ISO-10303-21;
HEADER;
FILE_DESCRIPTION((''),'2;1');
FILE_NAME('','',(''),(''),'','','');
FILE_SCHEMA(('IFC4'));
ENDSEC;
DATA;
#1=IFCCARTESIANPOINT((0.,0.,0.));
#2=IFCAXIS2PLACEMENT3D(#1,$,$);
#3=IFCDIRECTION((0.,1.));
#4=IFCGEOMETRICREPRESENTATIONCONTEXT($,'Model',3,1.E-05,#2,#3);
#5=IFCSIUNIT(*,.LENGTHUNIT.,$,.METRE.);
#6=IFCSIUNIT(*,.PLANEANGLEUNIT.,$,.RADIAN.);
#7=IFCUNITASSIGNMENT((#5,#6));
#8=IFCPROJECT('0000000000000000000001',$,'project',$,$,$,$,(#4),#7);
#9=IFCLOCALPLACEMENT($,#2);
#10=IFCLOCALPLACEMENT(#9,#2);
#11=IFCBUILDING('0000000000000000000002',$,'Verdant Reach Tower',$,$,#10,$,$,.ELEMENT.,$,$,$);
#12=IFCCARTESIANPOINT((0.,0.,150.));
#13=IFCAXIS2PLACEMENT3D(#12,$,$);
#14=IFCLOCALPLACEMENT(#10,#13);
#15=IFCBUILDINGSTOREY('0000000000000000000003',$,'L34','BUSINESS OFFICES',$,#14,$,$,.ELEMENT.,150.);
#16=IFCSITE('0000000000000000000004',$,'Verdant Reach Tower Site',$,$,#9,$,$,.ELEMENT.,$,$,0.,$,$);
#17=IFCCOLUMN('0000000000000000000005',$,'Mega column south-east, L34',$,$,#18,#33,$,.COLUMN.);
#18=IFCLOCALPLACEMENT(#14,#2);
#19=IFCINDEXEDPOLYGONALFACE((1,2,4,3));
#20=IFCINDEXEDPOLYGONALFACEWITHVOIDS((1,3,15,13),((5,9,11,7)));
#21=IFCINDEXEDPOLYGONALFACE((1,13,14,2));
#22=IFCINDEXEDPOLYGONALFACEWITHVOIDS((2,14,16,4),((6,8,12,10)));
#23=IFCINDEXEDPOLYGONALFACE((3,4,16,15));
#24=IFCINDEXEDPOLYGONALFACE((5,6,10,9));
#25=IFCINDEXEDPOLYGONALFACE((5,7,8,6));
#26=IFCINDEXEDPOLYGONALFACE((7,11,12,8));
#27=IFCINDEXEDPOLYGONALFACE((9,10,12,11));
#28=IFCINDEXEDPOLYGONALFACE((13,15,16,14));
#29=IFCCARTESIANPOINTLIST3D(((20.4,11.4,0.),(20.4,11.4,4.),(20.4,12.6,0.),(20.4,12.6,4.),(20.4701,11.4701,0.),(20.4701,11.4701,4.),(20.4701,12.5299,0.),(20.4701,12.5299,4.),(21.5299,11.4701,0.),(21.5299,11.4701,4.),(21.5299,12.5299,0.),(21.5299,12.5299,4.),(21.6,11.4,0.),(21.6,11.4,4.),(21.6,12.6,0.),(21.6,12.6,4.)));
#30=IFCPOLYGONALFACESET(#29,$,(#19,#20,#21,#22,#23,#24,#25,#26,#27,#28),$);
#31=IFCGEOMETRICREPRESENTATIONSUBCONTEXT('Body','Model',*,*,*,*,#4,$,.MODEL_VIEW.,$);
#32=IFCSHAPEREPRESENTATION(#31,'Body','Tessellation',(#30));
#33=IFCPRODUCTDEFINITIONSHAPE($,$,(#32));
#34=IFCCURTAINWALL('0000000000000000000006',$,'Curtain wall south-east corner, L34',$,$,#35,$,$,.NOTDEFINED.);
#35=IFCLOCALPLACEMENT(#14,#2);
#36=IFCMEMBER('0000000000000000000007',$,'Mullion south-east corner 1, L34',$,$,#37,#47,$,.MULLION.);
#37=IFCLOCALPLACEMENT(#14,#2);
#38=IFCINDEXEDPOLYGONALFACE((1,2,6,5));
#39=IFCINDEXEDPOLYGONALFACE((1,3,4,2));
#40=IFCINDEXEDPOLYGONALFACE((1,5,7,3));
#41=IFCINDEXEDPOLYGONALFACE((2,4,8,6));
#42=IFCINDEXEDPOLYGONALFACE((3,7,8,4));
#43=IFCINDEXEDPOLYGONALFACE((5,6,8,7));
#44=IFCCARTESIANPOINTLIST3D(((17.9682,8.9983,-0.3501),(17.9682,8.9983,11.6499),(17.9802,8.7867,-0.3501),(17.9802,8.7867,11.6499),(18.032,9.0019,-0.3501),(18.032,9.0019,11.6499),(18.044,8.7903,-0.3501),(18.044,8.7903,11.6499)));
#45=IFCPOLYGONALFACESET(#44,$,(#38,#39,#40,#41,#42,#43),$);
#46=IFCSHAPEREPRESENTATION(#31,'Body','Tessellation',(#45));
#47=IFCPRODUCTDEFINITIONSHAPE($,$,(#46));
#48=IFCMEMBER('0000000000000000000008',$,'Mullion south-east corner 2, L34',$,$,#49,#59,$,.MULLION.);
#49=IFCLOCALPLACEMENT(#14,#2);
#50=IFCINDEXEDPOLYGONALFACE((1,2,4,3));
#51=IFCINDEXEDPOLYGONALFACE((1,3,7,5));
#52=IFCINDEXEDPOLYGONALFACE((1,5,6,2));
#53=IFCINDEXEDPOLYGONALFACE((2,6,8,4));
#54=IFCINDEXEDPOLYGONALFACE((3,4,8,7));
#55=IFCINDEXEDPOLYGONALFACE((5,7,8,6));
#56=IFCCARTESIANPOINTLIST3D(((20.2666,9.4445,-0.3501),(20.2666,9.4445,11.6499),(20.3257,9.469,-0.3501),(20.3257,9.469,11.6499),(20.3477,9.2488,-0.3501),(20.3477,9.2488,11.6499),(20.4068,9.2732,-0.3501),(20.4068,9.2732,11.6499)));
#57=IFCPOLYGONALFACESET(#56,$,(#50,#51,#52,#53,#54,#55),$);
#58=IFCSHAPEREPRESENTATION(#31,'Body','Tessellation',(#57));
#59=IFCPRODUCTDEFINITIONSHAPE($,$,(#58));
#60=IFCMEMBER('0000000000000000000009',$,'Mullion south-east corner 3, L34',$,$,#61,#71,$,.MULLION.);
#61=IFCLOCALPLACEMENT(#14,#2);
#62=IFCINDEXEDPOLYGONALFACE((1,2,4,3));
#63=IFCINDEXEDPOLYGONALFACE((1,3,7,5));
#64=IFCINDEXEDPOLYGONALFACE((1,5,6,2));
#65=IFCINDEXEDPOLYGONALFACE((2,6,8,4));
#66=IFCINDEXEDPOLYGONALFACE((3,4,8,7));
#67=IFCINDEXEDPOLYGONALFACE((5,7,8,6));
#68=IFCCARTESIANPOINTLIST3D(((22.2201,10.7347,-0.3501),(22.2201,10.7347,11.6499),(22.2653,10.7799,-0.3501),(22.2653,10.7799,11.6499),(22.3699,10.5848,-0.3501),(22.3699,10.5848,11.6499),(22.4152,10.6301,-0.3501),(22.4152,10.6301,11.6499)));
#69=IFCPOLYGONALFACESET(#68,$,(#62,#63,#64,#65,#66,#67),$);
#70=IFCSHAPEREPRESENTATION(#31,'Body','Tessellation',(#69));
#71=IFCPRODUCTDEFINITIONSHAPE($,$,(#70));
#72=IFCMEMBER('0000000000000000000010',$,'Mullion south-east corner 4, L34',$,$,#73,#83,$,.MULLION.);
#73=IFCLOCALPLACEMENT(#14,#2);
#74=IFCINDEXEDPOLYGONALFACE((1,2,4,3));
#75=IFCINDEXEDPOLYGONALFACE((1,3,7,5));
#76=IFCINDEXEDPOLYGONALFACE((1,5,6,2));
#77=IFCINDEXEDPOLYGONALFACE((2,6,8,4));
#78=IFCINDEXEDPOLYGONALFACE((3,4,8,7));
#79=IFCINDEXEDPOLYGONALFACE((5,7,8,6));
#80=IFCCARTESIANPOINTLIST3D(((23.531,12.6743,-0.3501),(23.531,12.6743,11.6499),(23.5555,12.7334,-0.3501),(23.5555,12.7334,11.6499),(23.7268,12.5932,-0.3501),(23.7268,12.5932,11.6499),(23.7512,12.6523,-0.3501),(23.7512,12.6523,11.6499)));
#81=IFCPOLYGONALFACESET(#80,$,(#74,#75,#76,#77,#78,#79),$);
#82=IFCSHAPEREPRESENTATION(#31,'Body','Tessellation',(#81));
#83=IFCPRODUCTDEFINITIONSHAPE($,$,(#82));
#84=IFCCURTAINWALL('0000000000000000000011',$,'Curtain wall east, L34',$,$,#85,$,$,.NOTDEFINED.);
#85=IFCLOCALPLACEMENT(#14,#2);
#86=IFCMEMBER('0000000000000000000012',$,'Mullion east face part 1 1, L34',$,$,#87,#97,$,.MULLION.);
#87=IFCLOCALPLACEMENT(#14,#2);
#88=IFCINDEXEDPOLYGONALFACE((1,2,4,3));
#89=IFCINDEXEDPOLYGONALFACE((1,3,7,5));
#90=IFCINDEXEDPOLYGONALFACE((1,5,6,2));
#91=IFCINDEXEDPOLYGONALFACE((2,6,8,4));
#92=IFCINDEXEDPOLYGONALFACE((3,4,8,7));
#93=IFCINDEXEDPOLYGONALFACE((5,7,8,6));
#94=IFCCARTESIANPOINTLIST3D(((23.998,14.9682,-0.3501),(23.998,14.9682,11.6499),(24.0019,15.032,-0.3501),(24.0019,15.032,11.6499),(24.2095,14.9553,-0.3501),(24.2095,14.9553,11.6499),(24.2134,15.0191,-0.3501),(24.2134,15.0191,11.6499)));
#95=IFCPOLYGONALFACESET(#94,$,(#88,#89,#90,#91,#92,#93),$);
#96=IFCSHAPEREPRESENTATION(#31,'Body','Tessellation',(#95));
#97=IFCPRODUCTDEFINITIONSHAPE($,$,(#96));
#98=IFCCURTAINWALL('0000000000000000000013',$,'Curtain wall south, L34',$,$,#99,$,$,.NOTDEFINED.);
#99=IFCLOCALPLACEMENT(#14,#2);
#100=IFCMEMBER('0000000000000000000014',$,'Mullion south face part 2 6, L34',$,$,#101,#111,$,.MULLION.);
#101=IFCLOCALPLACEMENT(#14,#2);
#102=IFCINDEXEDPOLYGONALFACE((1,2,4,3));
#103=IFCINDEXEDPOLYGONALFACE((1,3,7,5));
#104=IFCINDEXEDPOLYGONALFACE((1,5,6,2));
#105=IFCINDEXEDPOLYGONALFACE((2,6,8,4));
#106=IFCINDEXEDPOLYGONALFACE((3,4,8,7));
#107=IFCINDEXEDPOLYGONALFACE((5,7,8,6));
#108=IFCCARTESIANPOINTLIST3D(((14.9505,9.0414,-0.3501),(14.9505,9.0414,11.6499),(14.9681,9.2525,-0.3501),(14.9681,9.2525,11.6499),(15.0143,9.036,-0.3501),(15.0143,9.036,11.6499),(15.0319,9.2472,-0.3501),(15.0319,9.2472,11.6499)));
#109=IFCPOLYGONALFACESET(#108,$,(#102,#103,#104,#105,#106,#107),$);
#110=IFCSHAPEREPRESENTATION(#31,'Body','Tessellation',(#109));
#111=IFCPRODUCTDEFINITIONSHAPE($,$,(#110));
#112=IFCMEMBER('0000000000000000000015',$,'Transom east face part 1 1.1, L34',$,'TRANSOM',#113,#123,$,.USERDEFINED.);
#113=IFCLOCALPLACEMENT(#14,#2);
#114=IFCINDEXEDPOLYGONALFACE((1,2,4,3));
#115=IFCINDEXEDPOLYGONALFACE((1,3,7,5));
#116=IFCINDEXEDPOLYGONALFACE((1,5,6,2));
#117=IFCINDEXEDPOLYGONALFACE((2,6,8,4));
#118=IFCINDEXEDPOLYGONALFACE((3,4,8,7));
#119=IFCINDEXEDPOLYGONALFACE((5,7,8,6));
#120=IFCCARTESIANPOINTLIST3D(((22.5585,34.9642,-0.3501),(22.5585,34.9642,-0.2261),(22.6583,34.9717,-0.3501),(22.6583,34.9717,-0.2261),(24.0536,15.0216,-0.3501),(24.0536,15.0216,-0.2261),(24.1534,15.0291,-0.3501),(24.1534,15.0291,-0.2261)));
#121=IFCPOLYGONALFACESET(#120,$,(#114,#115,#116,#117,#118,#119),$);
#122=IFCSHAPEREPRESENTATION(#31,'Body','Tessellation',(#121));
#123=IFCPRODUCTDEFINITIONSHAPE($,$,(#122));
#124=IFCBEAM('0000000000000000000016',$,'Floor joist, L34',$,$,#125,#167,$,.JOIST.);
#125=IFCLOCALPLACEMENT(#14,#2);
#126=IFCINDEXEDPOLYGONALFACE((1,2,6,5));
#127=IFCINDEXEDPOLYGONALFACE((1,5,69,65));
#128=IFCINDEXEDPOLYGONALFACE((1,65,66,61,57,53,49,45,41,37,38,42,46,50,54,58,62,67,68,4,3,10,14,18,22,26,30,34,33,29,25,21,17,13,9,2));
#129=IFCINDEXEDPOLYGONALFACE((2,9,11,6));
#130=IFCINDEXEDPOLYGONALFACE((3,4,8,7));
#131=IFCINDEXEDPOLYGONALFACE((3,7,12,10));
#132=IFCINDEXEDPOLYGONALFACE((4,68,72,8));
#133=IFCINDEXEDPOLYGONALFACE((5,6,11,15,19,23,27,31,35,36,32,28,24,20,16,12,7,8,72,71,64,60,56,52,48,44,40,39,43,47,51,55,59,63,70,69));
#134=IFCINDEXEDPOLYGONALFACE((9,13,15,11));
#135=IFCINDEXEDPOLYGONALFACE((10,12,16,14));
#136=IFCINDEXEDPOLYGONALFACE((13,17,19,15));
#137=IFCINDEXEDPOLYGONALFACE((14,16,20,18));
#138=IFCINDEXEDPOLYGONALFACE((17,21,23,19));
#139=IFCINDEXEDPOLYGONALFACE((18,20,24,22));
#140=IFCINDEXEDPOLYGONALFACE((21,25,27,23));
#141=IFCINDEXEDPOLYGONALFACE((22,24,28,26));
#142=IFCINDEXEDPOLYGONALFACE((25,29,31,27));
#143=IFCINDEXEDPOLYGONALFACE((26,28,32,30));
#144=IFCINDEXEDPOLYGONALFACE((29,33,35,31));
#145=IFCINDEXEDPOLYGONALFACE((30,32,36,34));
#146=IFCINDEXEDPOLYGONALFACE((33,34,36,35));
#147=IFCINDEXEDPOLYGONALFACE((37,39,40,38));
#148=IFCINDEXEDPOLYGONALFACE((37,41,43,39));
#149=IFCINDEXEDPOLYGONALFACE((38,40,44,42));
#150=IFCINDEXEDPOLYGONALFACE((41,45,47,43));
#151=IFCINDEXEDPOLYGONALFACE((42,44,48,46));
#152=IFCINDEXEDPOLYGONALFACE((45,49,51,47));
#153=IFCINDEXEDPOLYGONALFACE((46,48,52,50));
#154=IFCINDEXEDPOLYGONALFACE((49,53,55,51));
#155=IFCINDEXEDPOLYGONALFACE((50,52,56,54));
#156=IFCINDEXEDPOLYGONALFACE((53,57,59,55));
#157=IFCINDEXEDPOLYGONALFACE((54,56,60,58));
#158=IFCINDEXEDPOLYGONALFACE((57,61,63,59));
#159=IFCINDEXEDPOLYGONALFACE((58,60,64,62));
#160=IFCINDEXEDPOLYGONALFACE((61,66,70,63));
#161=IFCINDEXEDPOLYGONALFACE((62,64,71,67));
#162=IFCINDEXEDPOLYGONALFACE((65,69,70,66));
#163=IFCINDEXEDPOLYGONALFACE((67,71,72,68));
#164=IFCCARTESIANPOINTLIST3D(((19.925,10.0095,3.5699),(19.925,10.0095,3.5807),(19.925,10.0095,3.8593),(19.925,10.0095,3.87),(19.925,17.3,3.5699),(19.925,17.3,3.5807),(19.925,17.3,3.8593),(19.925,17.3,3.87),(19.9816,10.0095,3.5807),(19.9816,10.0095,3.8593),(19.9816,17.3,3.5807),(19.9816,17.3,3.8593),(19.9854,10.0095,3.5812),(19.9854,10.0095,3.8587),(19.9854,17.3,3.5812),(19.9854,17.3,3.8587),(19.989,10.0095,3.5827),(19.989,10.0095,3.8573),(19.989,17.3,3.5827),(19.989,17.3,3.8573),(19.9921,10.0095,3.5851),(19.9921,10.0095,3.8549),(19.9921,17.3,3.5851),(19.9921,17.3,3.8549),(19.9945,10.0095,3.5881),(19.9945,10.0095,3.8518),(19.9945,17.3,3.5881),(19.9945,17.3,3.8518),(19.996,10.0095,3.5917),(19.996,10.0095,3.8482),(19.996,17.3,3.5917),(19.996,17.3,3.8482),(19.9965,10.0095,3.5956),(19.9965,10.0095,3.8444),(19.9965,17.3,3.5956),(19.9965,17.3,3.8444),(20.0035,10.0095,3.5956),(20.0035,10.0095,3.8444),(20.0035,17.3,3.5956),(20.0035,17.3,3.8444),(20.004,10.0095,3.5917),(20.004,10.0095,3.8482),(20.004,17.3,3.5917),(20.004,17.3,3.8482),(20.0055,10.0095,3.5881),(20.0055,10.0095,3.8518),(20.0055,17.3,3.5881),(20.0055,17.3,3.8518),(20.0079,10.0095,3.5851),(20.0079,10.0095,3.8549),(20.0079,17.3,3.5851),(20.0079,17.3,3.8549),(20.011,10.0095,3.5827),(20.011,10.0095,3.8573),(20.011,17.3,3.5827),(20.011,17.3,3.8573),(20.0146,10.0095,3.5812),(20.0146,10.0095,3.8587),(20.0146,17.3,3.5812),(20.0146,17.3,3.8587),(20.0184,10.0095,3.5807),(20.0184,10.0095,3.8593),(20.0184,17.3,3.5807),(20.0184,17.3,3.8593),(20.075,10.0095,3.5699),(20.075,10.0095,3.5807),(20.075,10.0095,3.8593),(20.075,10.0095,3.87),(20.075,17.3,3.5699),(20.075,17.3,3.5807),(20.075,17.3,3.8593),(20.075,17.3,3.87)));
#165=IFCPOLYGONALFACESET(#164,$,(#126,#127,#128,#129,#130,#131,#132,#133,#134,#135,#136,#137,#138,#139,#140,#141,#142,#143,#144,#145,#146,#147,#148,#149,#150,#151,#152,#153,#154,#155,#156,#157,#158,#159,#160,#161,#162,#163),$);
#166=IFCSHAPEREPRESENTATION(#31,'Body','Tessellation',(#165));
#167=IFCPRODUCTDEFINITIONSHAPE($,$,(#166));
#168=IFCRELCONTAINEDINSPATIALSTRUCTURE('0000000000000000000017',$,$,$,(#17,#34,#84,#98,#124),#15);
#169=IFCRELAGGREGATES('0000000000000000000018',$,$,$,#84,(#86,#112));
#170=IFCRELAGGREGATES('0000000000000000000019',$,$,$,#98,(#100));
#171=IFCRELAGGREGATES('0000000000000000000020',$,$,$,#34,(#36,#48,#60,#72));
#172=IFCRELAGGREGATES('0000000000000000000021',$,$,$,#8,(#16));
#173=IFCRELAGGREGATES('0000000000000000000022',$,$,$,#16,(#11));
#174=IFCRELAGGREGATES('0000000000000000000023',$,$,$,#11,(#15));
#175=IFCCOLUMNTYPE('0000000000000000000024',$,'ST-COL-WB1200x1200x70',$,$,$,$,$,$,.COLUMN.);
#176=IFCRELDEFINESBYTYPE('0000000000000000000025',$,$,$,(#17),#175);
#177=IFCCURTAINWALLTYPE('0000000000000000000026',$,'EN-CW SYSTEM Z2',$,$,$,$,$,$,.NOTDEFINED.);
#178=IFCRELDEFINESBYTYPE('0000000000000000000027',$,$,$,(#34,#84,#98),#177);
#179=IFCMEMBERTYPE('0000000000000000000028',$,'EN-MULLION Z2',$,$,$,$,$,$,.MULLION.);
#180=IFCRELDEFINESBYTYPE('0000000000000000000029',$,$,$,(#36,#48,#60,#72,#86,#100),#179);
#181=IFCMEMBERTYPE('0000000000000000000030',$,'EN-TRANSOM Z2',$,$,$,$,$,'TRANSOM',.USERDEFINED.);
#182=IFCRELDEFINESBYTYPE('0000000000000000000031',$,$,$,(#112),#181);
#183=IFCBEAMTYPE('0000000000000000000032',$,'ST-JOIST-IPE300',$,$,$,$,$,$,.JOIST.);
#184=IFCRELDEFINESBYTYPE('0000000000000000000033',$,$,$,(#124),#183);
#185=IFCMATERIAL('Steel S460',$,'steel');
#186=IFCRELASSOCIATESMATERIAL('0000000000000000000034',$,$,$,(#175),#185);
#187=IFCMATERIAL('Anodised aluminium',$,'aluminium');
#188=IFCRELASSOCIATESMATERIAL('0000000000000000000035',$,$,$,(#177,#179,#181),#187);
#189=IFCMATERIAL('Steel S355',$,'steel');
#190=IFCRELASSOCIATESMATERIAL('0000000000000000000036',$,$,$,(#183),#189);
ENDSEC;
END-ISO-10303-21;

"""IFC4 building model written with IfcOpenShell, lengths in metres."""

from ifc_helpers import new_model, si_unit, direction, frame, origin, origin_2d, place, context, subcontext, project, spatial, rectangle, hollow_rectangle, i_section, extrude, material, material_profile, profile_set, type_object, element, aggregate, save


model = new_model("IFC4")

# Units and contexts
model_context = context("Model", 3, precision=1e-05, world=origin(), true_north=direction((0.0, 1.0)))
body_context = subcontext(model_context, "Body", "Model", "MODEL_VIEW")
ifc_project = project(units=[si_unit("LENGTHUNIT", "METRE"), si_unit("PLANEANGLEUNIT", "RADIAN")], contexts=[model_context])

# Site, building, storey
site_placement = place(None, origin())
site = spatial("IfcSite", under=ifc_project, at=site_placement, Name="Verdant Reach Tower Site", CompositionType="ELEMENT", RefElevation=0.0)
building_placement = place(site_placement, origin())
building = spatial("IfcBuilding", under=site, at=building_placement, Name="Verdant Reach Tower", CompositionType="ELEMENT")
storey_placement = place(building_placement, frame((0.0, 0.0, 150.0)))
storey = spatial("IfcBuildingStorey", under=building, at=storey_placement, Name="L34", Description="BUSINESS OFFICES", CompositionType="ELEMENT", Elevation=150.0)

# Column
ifc_material_1 = material(Name="Steel S460", Category="steel")
ifc_material_profile_1 = material_profile(ifc_material_1, hollow_rectangle(XDim=1.2, YDim=1.2, WallThickness=0.0701, at=origin_2d()), Name="WB 1200x1200x70")
ifc_profile_set_1 = profile_set([ifc_material_profile_1], Name="Steel S460")
column_type = type_object("IfcColumnType", Name="ST-COL-WB1200x1200x70", PredefinedType="COLUMN", material=ifc_profile_set_1)
column_placement = place(storey_placement, frame((21.0, 12.0, 0.0), z_axis=(0.0, 0.0, 1.0), x_axis=(1.0, 0.0, 0.0)))
element("IfcColumn", 1, at=column_placement, inside=storey, type_object=column_type, Name="Mega column south-east, L34", PredefinedType="COLUMN", context=body_context, shape_type="SweptSolid", body=[
    extrude(hollow_rectangle(XDim=1.2, YDim=1.2, WallThickness=0.0701, at=origin_2d()), origin(), (0.0, 0.0, 1.0), 4.0),
])

# Curtain wall, members
ifc_material_2 = material(Name="Anodised aluminium", Category="aluminium")
curtain_wall_type = type_object("IfcCurtainWallType", Name="EN-CW SYSTEM Z2", PredefinedType="NOTDEFINED", material=ifc_material_2)
curtain_wall_1_placement = place(storey_placement, origin())
curtain_wall_1 = element("IfcCurtainWall", 2, at=curtain_wall_1_placement, inside=storey, type_object=curtain_wall_type, Name="Curtain wall south-east corner, L34", PredefinedType="NOTDEFINED")
ifc_material_profile_2 = material_profile(ifc_material_2, rectangle(XDim=0.2119, YDim=0.064, at=origin_2d()), Name="Mullion 64x212")
ifc_profile_set_2 = profile_set([ifc_material_profile_2], Name="Anodised aluminium")
member_type_1 = type_object("IfcMemberType", Name="EN-MULLION Z2", PredefinedType="MULLION", material=ifc_profile_set_2)
member_1_placement = place(storey_placement, frame((18.0061, 8.8943, -0.3501), z_axis=(0.0, 0.0, 1.0), x_axis=(0.056569, -0.998399, 0.0)))
member_1 = element("IfcMember", 3, at=member_1_placement, type_object=member_type_1, Name="Mullion south-east corner 1, L34", PredefinedType="MULLION", context=body_context, shape_type="SweptSolid", body=[
    extrude(rectangle(XDim=0.2119, YDim=0.064, at=origin_2d()), origin(), (0.0, 0.0, 1.0), 12.0),
])
member_2_placement = place(storey_placement, frame((20.3367, 9.3589, -0.3501), z_axis=(0.0, 0.0, 1.0), x_axis=(0.382694, -0.923875, 0.0)))
member_2 = element("IfcMember", 4, at=member_2_placement, type_object=member_type_1, Name="Mullion south-east corner 2, L34", PredefinedType="MULLION", context=body_context, shape_type="SweptSolid", body=[
    extrude(rectangle(XDim=0.2119, YDim=0.064, at=origin_2d()), origin(), (0.0, 0.0, 1.0), 12.0),
])
member_3_placement = place(storey_placement, frame((22.3176, 10.6824, -0.3501), z_axis=(0.0, 0.0, 1.0), x_axis=(0.707107, -0.707107, 0.0)))
member_3 = element("IfcMember", 5, at=member_3_placement, type_object=member_type_1, Name="Mullion south-east corner 3, L34", PredefinedType="MULLION", context=body_context, shape_type="SweptSolid", body=[
    extrude(rectangle(XDim=0.2119, YDim=0.064, at=origin_2d()), origin(), (0.0, 0.0, 1.0), 12.0),
])
member_4_placement = place(storey_placement, frame((23.6411, 12.6633, -0.3501), z_axis=(0.0, 0.0, 1.0), x_axis=(0.923875, -0.382694, 0.0)))
member_4 = element("IfcMember", 6, at=member_4_placement, type_object=member_type_1, Name="Mullion south-east corner 4, L34", PredefinedType="MULLION", context=body_context, shape_type="SweptSolid", body=[
    extrude(rectangle(XDim=0.2119, YDim=0.064, at=origin_2d()), origin(), (0.0, 0.0, 1.0), 12.0),
])

# Curtain walls, members
curtain_wall_2_placement = place(storey_placement, origin())
curtain_wall_2 = element("IfcCurtainWall", 7, at=curtain_wall_2_placement, inside=storey, type_object=curtain_wall_type, Name="Curtain wall east, L34", PredefinedType="NOTDEFINED")
member_5_placement = place(storey_placement, frame((24.1057, 14.9937, -0.3501), z_axis=(0.0, 0.0, 1.0), x_axis=(0.998156, -0.060703, 0.0)))
member_5 = element("IfcMember", 8, at=member_5_placement, type_object=member_type_1, Name="Mullion east face part 1 1, L34", PredefinedType="MULLION", context=body_context, shape_type="SweptSolid", body=[
    extrude(rectangle(XDim=0.2119, YDim=0.064, at=origin_2d()), origin(), (0.0, 0.0, 1.0), 12.0),
])
curtain_wall_3_placement = place(storey_placement, origin())
curtain_wall_3 = element("IfcCurtainWall", 9, at=curtain_wall_3_placement, inside=storey, type_object=curtain_wall_type, Name="Curtain wall south, L34", PredefinedType="NOTDEFINED")
member_6_placement = place(storey_placement, frame((14.9912, 9.1443, -0.3501), z_axis=(0.0, 0.0, 1.0), x_axis=(-0.083045, -0.996546, 0.0)))
member_6 = element("IfcMember", 10, at=member_6_placement, type_object=member_type_1, Name="Mullion south face part 2 6, L34", PredefinedType="MULLION", context=body_context, shape_type="SweptSolid", body=[
    extrude(rectangle(XDim=0.2119, YDim=0.064, at=origin_2d()), origin(), (0.0, 0.0, 1.0), 12.0),
])

# Member
ifc_material_profile_3 = material_profile(ifc_material_2, rectangle(XDim=0.1001, YDim=0.124, at=origin_2d()), Name="Transom 124x100")
ifc_profile_set_3 = profile_set([ifc_material_profile_3], Name="Anodised aluminium")
member_type_2 = type_object("IfcMemberType", Name="EN-TRANSOM Z2", ElementType="TRANSOM", PredefinedType="USERDEFINED", material=ifc_profile_set_3)
member_7_placement = place(storey_placement, frame((24.1035, 15.0254, -0.2881), z_axis=(-0.074761, 0.997201, 0.0), x_axis=(-0.997201, -0.074761, 0.0)))
member_7 = element("IfcMember", 11, at=member_7_placement, type_object=member_type_2, Name="Transom east face part 1 1.1, L34", ObjectType="TRANSOM", PredefinedType="USERDEFINED", context=body_context, shape_type="SweptSolid", body=[
    extrude(rectangle(XDim=0.1001, YDim=0.124, at=origin_2d()), origin(), (0.0, 0.0, 1.0), 19.9985),
])

# Beam
ifc_material_3 = material(Name="Steel S355", Category="steel")
ifc_material_profile_4 = material_profile(ifc_material_3, i_section(OverallWidth=0.1499, OverallDepth=0.3, WebThickness=0.0071, FlangeThickness=0.0107, FilletRadius=0.0149, at=origin_2d()), Name="IPE 300")
ifc_profile_set_4 = profile_set([ifc_material_profile_4], Name="Steel S355")
beam_type_1 = type_object("IfcBeamType", Name="ST-JOIST-IPE300", PredefinedType="JOIST", material=ifc_profile_set_4)
beam_1_placement = place(storey_placement, frame((20.0, 17.3, 3.72), z_axis=(0.0, -1.0, 0.0), x_axis=(1.0, 0.0, 0.0)))
element("IfcBeam", 12, at=beam_1_placement, inside=storey, type_object=beam_type_1, Name="Floor joist, L34", PredefinedType="JOIST", context=body_context, shape_type="SweptSolid", body=[
    extrude(i_section(OverallWidth=0.1499, OverallDepth=0.3, WebThickness=0.0071, FlangeThickness=0.0107, FilletRadius=0.0149, at=origin_2d()), origin(), (0.0, 0.0, 1.0), 7.2905),
])

aggregate(curtain_wall_2, [member_5, member_7])
aggregate(curtain_wall_3, [member_6])
aggregate(curtain_wall_1, [member_1, member_2, member_3, member_4])

save(model, "model.ifc")
